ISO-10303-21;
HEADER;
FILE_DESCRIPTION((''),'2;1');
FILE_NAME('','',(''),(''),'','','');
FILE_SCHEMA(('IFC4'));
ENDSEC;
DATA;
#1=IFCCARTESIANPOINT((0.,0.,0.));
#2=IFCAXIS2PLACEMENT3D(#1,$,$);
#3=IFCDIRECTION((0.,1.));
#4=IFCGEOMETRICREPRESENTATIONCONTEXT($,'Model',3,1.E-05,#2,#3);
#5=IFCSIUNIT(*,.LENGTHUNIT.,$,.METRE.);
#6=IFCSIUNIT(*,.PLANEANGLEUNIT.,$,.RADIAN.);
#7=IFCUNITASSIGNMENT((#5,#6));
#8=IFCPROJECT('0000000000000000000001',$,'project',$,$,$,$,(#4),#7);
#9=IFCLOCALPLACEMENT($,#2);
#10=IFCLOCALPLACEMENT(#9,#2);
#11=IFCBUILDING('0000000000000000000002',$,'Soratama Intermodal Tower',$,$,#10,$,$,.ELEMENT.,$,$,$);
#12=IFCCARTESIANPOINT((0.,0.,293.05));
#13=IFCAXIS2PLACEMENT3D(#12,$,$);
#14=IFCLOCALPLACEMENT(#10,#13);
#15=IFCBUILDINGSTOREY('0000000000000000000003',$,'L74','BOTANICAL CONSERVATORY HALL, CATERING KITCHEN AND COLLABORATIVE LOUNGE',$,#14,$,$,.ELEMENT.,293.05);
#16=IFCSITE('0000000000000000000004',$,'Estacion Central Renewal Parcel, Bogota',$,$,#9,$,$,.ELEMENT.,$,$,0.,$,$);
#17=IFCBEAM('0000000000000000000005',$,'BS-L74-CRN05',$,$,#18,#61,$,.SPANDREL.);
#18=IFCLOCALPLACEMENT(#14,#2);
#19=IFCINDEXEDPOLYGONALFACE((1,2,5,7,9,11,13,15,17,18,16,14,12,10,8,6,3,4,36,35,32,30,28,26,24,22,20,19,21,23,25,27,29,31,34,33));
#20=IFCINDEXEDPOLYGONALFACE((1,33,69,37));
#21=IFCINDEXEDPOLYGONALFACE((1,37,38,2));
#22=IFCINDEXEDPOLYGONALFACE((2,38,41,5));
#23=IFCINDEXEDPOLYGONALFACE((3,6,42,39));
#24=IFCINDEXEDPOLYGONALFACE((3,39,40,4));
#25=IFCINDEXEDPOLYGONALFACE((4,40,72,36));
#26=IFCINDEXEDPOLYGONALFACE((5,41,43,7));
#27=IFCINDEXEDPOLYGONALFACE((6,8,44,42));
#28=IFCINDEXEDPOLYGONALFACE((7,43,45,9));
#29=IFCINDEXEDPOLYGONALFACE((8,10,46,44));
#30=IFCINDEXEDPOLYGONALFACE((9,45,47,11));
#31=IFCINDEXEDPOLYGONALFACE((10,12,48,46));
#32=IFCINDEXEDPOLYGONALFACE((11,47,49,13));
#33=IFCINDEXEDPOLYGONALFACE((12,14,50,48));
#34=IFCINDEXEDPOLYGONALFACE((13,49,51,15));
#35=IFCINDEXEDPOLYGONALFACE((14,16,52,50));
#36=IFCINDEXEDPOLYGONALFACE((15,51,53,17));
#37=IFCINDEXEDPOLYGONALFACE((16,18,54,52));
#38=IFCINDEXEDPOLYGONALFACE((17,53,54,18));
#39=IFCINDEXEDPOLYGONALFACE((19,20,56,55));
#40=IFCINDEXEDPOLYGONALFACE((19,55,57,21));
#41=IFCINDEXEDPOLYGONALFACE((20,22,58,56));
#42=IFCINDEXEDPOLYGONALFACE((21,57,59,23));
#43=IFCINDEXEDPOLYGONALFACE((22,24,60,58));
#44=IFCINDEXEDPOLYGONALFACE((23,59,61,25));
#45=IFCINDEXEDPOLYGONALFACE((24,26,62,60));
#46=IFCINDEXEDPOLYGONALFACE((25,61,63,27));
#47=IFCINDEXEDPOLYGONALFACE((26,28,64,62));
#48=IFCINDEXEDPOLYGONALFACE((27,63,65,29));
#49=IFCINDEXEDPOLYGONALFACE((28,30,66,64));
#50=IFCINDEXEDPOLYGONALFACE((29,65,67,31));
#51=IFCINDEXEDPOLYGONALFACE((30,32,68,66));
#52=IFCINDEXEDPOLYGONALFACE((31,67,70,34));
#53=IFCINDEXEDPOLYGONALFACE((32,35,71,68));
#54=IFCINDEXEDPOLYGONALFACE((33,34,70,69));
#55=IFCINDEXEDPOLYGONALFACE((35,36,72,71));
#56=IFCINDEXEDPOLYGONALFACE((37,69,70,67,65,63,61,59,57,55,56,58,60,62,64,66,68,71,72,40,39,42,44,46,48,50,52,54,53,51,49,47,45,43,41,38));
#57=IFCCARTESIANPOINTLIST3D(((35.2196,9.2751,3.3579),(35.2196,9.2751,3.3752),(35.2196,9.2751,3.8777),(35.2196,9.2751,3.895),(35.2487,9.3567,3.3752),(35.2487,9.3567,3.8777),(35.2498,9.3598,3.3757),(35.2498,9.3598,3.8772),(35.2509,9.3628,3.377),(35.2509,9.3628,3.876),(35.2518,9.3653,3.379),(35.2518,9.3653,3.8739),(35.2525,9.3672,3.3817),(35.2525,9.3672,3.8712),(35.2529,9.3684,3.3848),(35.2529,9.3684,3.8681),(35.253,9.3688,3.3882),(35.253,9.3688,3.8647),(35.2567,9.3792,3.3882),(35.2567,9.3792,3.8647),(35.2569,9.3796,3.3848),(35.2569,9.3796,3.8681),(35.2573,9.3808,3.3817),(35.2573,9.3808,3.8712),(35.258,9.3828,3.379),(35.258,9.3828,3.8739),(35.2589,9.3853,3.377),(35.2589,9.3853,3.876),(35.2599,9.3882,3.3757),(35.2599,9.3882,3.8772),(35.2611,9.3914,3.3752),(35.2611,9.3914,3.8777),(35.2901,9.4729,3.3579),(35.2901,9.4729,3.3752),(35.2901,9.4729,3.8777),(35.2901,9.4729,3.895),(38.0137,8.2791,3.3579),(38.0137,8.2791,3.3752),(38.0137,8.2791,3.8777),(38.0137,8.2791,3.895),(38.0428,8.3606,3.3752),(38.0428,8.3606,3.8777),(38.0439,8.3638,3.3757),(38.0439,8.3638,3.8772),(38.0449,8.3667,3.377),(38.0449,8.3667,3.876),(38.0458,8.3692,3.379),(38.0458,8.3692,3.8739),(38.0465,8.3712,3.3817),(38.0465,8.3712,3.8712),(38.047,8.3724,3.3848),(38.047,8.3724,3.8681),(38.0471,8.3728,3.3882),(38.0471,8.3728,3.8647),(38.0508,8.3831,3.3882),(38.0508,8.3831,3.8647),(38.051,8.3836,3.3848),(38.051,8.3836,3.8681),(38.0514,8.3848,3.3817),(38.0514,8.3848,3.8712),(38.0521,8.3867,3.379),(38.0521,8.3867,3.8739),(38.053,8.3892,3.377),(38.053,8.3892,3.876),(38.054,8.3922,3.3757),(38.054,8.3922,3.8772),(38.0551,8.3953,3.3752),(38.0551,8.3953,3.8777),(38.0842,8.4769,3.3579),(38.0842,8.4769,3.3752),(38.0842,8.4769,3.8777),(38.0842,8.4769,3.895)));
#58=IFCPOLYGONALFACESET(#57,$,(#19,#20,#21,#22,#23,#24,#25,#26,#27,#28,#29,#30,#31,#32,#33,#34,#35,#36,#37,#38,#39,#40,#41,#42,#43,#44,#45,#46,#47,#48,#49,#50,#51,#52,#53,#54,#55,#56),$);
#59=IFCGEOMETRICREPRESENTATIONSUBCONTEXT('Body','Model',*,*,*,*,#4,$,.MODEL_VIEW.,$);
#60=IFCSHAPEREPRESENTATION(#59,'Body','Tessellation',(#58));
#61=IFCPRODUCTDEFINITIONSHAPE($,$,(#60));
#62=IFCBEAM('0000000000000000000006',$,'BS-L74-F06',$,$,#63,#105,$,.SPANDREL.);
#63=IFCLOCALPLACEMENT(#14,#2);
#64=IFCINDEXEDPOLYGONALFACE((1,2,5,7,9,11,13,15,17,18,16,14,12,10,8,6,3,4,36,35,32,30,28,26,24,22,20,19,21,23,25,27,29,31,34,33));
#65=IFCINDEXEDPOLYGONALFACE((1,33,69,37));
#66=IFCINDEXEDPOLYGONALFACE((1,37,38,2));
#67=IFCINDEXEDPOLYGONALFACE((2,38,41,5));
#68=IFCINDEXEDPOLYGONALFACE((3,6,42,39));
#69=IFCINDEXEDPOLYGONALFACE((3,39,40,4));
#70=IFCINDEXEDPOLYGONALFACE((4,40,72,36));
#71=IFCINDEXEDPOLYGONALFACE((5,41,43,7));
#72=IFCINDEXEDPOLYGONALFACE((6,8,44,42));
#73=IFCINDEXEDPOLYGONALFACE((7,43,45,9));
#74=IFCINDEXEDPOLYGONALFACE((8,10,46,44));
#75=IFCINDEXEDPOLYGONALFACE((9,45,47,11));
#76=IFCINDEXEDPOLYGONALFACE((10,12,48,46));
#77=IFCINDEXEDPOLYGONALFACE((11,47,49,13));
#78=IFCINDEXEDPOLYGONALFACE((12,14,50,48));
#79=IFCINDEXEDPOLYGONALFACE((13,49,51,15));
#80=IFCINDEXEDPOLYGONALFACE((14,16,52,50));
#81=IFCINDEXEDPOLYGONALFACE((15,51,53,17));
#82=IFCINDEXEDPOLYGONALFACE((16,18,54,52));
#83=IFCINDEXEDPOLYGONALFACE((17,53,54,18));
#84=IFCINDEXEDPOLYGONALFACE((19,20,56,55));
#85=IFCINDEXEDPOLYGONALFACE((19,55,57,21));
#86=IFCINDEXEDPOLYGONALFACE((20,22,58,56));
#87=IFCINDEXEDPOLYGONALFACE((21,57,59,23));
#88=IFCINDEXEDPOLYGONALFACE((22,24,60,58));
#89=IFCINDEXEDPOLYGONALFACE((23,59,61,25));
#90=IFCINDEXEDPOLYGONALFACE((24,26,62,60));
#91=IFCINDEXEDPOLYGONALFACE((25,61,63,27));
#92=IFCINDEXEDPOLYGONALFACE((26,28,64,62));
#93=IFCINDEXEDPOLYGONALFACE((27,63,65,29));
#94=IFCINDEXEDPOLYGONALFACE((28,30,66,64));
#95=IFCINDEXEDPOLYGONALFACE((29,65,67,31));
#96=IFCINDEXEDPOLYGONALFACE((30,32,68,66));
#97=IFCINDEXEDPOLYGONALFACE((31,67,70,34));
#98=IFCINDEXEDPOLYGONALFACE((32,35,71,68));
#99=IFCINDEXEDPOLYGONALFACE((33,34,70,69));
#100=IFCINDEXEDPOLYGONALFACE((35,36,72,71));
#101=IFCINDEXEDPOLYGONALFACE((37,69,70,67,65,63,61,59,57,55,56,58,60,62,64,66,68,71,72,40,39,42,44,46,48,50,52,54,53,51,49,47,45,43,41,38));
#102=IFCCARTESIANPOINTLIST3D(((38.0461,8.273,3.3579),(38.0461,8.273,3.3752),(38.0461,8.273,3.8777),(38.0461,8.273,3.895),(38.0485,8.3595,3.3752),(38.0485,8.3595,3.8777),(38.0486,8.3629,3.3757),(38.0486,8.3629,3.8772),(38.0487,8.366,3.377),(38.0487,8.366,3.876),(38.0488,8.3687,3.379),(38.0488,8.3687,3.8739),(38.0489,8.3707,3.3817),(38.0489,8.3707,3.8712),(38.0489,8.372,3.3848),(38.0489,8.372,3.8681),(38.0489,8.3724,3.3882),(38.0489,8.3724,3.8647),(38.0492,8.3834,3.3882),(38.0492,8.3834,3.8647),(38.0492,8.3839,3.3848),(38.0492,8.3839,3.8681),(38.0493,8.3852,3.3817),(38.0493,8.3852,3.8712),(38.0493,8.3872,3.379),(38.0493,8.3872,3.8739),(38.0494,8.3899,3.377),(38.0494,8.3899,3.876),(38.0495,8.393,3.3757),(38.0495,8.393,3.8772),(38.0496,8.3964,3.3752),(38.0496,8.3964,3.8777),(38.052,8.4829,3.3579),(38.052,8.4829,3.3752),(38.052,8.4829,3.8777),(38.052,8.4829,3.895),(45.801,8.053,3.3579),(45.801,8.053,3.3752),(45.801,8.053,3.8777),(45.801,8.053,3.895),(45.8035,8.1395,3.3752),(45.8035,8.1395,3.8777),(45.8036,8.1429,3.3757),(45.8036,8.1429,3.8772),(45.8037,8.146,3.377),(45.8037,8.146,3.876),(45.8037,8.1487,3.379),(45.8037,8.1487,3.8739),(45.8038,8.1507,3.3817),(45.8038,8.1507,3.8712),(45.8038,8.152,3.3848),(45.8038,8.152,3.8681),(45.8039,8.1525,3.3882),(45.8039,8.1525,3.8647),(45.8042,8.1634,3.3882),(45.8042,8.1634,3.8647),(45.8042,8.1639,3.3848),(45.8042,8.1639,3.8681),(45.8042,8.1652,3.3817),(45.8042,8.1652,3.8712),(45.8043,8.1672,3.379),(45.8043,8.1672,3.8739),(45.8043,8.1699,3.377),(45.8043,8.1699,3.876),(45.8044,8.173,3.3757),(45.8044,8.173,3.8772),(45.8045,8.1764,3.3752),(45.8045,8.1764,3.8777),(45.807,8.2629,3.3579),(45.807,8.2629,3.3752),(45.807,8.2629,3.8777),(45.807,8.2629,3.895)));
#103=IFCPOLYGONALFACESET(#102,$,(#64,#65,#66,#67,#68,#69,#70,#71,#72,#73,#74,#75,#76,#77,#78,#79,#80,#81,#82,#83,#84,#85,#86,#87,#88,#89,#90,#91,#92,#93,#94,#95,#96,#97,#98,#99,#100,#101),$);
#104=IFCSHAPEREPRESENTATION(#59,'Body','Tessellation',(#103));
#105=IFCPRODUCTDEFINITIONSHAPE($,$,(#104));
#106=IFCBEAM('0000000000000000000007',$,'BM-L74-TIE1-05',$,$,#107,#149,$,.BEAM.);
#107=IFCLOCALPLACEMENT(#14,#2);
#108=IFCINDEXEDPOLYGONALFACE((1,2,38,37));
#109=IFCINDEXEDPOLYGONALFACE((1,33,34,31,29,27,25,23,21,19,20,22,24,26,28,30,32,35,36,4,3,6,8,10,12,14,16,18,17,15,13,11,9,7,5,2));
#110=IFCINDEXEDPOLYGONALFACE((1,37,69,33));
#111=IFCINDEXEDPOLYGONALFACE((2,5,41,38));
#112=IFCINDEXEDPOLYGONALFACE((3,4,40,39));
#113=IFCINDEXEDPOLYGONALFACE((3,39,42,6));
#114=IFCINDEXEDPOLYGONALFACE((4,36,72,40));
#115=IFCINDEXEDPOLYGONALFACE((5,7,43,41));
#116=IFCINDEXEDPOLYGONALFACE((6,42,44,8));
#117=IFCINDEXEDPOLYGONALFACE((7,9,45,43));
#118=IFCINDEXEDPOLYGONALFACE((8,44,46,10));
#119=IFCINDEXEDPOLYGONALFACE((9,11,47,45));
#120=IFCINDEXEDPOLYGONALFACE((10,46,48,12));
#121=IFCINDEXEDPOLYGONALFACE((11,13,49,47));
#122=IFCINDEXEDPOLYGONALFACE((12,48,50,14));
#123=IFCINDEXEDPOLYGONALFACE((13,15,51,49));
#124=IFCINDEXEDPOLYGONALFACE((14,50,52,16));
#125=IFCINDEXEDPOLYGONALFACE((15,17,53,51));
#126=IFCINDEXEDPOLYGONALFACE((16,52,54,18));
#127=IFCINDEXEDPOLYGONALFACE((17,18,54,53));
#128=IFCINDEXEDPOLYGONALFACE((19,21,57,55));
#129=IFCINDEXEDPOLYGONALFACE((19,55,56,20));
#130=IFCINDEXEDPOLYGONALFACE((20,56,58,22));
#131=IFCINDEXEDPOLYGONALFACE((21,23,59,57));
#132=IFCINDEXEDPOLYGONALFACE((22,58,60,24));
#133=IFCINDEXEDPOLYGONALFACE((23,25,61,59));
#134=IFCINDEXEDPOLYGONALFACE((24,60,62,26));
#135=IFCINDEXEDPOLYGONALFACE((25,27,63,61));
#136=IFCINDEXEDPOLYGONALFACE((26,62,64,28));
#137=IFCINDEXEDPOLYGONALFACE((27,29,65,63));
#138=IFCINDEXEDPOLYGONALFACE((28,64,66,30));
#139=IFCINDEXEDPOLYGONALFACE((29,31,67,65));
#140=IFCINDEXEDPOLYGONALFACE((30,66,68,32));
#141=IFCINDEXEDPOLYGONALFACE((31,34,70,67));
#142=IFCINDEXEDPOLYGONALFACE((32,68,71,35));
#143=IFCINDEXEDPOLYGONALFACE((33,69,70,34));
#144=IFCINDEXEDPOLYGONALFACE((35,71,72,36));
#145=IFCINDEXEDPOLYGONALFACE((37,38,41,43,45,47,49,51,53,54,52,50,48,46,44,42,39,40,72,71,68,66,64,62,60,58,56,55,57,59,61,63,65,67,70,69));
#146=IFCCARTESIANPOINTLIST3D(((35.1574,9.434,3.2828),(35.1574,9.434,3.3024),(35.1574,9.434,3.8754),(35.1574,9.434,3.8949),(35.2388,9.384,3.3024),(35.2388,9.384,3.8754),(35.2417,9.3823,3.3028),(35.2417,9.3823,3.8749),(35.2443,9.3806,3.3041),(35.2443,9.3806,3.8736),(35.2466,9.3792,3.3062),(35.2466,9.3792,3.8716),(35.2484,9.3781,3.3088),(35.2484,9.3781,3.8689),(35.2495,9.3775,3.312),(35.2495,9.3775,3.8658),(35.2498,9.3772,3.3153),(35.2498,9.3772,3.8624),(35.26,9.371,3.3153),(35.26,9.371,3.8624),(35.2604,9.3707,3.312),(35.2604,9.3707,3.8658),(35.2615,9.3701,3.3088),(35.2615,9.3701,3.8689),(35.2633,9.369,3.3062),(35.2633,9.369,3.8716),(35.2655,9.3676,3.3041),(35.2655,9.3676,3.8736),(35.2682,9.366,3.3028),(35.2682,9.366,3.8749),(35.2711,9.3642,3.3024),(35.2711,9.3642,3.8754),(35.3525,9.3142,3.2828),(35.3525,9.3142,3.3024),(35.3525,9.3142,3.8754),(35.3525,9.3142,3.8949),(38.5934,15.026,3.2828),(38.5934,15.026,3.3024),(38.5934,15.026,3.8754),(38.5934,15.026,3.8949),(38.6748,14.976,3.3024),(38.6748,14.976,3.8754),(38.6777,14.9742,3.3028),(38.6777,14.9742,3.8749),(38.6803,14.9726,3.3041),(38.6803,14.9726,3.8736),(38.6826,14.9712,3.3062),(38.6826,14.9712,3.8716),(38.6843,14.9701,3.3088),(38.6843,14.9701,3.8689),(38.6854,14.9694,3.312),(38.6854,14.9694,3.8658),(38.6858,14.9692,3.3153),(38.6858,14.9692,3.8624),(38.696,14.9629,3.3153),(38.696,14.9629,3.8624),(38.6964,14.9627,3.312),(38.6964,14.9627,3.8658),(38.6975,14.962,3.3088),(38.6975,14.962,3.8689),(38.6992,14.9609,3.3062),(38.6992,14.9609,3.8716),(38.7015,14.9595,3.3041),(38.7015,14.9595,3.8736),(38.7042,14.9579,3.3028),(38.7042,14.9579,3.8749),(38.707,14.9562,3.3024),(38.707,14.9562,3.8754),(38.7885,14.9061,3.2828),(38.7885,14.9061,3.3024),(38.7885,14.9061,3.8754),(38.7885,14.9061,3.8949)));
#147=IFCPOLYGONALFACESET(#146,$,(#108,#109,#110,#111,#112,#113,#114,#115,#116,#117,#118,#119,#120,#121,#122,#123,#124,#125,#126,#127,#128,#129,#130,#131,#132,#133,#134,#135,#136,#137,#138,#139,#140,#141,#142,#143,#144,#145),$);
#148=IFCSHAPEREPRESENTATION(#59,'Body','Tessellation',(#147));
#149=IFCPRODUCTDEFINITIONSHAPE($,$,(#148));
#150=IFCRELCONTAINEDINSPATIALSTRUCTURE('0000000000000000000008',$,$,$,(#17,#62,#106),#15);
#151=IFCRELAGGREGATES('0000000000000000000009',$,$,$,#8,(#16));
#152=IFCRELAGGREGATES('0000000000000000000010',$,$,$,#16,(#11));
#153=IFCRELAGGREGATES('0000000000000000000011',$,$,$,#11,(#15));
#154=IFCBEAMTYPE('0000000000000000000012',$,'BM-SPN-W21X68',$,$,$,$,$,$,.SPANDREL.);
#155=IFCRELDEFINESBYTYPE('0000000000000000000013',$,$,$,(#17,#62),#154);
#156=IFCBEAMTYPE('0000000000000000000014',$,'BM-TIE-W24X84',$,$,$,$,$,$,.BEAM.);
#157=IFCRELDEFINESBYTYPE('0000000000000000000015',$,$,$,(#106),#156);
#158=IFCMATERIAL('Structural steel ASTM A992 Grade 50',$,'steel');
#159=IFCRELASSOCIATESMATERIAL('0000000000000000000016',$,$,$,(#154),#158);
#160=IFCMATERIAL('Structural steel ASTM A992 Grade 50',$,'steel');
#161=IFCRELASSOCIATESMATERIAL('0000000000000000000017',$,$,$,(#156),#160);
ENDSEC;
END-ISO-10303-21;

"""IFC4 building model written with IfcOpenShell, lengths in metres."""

from ifc_helpers import new_model, si_unit, direction, frame, origin, origin_2d, place, context, subcontext, project, spatial, i_section, extrude, material, material_profile, profile_set, type_object, element, save


model = new_model("IFC4")

# Units and contexts
model_context = context("Model", 3, precision=1e-05, world=origin(), true_north=direction((0.0, 1.0)))
body_context = subcontext(model_context, "Body", "Model", "MODEL_VIEW")
ifc_project = project(units=[si_unit("LENGTHUNIT", "METRE"), si_unit("PLANEANGLEUNIT", "RADIAN")], contexts=[model_context])

# Site, building, storey
site_placement = place(None, origin())
site = spatial("IfcSite", under=ifc_project, at=site_placement, Name="Estacion Central Renewal Parcel, Bogota", CompositionType="ELEMENT", RefElevation=0.0)
building_placement = place(site_placement, origin())
building = spatial("IfcBuilding", under=site, at=building_placement, Name="Soratama Intermodal Tower", CompositionType="ELEMENT")
storey_placement = place(building_placement, frame((0.0, 0.0, 293.05)))
storey = spatial("IfcBuildingStorey", under=building, at=storey_placement, Name="L74", Description="BOTANICAL CONSERVATORY HALL, CATERING KITCHEN AND COLLABORATIVE LOUNGE", CompositionType="ELEMENT", Elevation=293.05)

# Beams
ifc_material_1 = material(Name="Structural steel ASTM A992 Grade 50", Category="steel")
ifc_material_profile_1 = material_profile(ifc_material_1, i_section(OverallWidth=0.21, OverallDepth=0.5371, WebThickness=0.011, FlangeThickness=0.0173, FilletRadius=0.0129, at=origin_2d()), Name="W21X68")
ifc_profile_set_1 = profile_set([ifc_material_profile_1], Name="Structural steel ASTM A992 Grade 50")
beam_type_1 = type_object("IfcBeamType", Name="BM-SPN-W21X68", PredefinedType="SPANDREL", material=ifc_profile_set_1)
beam_1_placement = place(storey_placement, frame((35.2549, 9.374, 3.6265), z_axis=(0.941937, -0.335789, 0.0), x_axis=(0.335789, 0.941937, 0.0)))
element("IfcBeam", 1, at=beam_1_placement, inside=storey, type_object=beam_type_1, Name="BS-L74-CRN05", PredefinedType="SPANDREL", context=body_context, shape_type="SweptSolid", body=[
    extrude(i_section(OverallWidth=0.21, OverallDepth=0.5371, WebThickness=0.011, FlangeThickness=0.0173, FilletRadius=0.0129, at=origin_2d()), origin(), (0.0, 0.0, 1.0), 2.9663),
])
beam_2_placement = place(storey_placement, frame((38.0491, 8.3779, 3.6265), z_axis=(0.999598, -0.028354, 0.0), x_axis=(0.028354, 0.999598, 0.0)))
element("IfcBeam", 2, at=beam_2_placement, inside=storey, type_object=beam_type_1, Name="BS-L74-F06", PredefinedType="SPANDREL", context=body_context, shape_type="SweptSolid", body=[
    extrude(i_section(OverallWidth=0.21, OverallDepth=0.5371, WebThickness=0.011, FlangeThickness=0.0173, FilletRadius=0.0129, at=origin_2d()), origin(), (0.0, 0.0, 1.0), 7.7581),
])
ifc_material_2 = material(Name="Structural steel ASTM A992 Grade 50", Category="steel")
ifc_material_profile_2 = material_profile(ifc_material_2, i_section(OverallWidth=0.229, OverallDepth=0.6121, WebThickness=0.012, FlangeThickness=0.0195, FilletRadius=0.0129, at=origin_2d()), Name="W24X84")
ifc_profile_set_2 = profile_set([ifc_material_profile_2], Name="Structural steel ASTM A992 Grade 50")
beam_type_2 = type_object("IfcBeamType", Name="BM-TIE-W24X84", PredefinedType="BEAM", material=ifc_profile_set_2)
beam_3_placement = place(storey_placement, frame((38.6909, 14.9661, 3.5889), z_axis=(-0.52352, -0.852013, 0.0), x_axis=(0.852013, -0.52352, 0.0)))
element("IfcBeam", 3, at=beam_3_placement, inside=storey, type_object=beam_type_2, Name="BM-L74-TIE1-05", PredefinedType="BEAM", context=body_context, shape_type="SweptSolid", body=[
    extrude(i_section(OverallWidth=0.229, OverallDepth=0.6121, WebThickness=0.012, FlangeThickness=0.0195, FilletRadius=0.0129, at=origin_2d()), origin(), (0.0, 0.0, 1.0), 6.5632),
])

save(model, "model.ifc")
